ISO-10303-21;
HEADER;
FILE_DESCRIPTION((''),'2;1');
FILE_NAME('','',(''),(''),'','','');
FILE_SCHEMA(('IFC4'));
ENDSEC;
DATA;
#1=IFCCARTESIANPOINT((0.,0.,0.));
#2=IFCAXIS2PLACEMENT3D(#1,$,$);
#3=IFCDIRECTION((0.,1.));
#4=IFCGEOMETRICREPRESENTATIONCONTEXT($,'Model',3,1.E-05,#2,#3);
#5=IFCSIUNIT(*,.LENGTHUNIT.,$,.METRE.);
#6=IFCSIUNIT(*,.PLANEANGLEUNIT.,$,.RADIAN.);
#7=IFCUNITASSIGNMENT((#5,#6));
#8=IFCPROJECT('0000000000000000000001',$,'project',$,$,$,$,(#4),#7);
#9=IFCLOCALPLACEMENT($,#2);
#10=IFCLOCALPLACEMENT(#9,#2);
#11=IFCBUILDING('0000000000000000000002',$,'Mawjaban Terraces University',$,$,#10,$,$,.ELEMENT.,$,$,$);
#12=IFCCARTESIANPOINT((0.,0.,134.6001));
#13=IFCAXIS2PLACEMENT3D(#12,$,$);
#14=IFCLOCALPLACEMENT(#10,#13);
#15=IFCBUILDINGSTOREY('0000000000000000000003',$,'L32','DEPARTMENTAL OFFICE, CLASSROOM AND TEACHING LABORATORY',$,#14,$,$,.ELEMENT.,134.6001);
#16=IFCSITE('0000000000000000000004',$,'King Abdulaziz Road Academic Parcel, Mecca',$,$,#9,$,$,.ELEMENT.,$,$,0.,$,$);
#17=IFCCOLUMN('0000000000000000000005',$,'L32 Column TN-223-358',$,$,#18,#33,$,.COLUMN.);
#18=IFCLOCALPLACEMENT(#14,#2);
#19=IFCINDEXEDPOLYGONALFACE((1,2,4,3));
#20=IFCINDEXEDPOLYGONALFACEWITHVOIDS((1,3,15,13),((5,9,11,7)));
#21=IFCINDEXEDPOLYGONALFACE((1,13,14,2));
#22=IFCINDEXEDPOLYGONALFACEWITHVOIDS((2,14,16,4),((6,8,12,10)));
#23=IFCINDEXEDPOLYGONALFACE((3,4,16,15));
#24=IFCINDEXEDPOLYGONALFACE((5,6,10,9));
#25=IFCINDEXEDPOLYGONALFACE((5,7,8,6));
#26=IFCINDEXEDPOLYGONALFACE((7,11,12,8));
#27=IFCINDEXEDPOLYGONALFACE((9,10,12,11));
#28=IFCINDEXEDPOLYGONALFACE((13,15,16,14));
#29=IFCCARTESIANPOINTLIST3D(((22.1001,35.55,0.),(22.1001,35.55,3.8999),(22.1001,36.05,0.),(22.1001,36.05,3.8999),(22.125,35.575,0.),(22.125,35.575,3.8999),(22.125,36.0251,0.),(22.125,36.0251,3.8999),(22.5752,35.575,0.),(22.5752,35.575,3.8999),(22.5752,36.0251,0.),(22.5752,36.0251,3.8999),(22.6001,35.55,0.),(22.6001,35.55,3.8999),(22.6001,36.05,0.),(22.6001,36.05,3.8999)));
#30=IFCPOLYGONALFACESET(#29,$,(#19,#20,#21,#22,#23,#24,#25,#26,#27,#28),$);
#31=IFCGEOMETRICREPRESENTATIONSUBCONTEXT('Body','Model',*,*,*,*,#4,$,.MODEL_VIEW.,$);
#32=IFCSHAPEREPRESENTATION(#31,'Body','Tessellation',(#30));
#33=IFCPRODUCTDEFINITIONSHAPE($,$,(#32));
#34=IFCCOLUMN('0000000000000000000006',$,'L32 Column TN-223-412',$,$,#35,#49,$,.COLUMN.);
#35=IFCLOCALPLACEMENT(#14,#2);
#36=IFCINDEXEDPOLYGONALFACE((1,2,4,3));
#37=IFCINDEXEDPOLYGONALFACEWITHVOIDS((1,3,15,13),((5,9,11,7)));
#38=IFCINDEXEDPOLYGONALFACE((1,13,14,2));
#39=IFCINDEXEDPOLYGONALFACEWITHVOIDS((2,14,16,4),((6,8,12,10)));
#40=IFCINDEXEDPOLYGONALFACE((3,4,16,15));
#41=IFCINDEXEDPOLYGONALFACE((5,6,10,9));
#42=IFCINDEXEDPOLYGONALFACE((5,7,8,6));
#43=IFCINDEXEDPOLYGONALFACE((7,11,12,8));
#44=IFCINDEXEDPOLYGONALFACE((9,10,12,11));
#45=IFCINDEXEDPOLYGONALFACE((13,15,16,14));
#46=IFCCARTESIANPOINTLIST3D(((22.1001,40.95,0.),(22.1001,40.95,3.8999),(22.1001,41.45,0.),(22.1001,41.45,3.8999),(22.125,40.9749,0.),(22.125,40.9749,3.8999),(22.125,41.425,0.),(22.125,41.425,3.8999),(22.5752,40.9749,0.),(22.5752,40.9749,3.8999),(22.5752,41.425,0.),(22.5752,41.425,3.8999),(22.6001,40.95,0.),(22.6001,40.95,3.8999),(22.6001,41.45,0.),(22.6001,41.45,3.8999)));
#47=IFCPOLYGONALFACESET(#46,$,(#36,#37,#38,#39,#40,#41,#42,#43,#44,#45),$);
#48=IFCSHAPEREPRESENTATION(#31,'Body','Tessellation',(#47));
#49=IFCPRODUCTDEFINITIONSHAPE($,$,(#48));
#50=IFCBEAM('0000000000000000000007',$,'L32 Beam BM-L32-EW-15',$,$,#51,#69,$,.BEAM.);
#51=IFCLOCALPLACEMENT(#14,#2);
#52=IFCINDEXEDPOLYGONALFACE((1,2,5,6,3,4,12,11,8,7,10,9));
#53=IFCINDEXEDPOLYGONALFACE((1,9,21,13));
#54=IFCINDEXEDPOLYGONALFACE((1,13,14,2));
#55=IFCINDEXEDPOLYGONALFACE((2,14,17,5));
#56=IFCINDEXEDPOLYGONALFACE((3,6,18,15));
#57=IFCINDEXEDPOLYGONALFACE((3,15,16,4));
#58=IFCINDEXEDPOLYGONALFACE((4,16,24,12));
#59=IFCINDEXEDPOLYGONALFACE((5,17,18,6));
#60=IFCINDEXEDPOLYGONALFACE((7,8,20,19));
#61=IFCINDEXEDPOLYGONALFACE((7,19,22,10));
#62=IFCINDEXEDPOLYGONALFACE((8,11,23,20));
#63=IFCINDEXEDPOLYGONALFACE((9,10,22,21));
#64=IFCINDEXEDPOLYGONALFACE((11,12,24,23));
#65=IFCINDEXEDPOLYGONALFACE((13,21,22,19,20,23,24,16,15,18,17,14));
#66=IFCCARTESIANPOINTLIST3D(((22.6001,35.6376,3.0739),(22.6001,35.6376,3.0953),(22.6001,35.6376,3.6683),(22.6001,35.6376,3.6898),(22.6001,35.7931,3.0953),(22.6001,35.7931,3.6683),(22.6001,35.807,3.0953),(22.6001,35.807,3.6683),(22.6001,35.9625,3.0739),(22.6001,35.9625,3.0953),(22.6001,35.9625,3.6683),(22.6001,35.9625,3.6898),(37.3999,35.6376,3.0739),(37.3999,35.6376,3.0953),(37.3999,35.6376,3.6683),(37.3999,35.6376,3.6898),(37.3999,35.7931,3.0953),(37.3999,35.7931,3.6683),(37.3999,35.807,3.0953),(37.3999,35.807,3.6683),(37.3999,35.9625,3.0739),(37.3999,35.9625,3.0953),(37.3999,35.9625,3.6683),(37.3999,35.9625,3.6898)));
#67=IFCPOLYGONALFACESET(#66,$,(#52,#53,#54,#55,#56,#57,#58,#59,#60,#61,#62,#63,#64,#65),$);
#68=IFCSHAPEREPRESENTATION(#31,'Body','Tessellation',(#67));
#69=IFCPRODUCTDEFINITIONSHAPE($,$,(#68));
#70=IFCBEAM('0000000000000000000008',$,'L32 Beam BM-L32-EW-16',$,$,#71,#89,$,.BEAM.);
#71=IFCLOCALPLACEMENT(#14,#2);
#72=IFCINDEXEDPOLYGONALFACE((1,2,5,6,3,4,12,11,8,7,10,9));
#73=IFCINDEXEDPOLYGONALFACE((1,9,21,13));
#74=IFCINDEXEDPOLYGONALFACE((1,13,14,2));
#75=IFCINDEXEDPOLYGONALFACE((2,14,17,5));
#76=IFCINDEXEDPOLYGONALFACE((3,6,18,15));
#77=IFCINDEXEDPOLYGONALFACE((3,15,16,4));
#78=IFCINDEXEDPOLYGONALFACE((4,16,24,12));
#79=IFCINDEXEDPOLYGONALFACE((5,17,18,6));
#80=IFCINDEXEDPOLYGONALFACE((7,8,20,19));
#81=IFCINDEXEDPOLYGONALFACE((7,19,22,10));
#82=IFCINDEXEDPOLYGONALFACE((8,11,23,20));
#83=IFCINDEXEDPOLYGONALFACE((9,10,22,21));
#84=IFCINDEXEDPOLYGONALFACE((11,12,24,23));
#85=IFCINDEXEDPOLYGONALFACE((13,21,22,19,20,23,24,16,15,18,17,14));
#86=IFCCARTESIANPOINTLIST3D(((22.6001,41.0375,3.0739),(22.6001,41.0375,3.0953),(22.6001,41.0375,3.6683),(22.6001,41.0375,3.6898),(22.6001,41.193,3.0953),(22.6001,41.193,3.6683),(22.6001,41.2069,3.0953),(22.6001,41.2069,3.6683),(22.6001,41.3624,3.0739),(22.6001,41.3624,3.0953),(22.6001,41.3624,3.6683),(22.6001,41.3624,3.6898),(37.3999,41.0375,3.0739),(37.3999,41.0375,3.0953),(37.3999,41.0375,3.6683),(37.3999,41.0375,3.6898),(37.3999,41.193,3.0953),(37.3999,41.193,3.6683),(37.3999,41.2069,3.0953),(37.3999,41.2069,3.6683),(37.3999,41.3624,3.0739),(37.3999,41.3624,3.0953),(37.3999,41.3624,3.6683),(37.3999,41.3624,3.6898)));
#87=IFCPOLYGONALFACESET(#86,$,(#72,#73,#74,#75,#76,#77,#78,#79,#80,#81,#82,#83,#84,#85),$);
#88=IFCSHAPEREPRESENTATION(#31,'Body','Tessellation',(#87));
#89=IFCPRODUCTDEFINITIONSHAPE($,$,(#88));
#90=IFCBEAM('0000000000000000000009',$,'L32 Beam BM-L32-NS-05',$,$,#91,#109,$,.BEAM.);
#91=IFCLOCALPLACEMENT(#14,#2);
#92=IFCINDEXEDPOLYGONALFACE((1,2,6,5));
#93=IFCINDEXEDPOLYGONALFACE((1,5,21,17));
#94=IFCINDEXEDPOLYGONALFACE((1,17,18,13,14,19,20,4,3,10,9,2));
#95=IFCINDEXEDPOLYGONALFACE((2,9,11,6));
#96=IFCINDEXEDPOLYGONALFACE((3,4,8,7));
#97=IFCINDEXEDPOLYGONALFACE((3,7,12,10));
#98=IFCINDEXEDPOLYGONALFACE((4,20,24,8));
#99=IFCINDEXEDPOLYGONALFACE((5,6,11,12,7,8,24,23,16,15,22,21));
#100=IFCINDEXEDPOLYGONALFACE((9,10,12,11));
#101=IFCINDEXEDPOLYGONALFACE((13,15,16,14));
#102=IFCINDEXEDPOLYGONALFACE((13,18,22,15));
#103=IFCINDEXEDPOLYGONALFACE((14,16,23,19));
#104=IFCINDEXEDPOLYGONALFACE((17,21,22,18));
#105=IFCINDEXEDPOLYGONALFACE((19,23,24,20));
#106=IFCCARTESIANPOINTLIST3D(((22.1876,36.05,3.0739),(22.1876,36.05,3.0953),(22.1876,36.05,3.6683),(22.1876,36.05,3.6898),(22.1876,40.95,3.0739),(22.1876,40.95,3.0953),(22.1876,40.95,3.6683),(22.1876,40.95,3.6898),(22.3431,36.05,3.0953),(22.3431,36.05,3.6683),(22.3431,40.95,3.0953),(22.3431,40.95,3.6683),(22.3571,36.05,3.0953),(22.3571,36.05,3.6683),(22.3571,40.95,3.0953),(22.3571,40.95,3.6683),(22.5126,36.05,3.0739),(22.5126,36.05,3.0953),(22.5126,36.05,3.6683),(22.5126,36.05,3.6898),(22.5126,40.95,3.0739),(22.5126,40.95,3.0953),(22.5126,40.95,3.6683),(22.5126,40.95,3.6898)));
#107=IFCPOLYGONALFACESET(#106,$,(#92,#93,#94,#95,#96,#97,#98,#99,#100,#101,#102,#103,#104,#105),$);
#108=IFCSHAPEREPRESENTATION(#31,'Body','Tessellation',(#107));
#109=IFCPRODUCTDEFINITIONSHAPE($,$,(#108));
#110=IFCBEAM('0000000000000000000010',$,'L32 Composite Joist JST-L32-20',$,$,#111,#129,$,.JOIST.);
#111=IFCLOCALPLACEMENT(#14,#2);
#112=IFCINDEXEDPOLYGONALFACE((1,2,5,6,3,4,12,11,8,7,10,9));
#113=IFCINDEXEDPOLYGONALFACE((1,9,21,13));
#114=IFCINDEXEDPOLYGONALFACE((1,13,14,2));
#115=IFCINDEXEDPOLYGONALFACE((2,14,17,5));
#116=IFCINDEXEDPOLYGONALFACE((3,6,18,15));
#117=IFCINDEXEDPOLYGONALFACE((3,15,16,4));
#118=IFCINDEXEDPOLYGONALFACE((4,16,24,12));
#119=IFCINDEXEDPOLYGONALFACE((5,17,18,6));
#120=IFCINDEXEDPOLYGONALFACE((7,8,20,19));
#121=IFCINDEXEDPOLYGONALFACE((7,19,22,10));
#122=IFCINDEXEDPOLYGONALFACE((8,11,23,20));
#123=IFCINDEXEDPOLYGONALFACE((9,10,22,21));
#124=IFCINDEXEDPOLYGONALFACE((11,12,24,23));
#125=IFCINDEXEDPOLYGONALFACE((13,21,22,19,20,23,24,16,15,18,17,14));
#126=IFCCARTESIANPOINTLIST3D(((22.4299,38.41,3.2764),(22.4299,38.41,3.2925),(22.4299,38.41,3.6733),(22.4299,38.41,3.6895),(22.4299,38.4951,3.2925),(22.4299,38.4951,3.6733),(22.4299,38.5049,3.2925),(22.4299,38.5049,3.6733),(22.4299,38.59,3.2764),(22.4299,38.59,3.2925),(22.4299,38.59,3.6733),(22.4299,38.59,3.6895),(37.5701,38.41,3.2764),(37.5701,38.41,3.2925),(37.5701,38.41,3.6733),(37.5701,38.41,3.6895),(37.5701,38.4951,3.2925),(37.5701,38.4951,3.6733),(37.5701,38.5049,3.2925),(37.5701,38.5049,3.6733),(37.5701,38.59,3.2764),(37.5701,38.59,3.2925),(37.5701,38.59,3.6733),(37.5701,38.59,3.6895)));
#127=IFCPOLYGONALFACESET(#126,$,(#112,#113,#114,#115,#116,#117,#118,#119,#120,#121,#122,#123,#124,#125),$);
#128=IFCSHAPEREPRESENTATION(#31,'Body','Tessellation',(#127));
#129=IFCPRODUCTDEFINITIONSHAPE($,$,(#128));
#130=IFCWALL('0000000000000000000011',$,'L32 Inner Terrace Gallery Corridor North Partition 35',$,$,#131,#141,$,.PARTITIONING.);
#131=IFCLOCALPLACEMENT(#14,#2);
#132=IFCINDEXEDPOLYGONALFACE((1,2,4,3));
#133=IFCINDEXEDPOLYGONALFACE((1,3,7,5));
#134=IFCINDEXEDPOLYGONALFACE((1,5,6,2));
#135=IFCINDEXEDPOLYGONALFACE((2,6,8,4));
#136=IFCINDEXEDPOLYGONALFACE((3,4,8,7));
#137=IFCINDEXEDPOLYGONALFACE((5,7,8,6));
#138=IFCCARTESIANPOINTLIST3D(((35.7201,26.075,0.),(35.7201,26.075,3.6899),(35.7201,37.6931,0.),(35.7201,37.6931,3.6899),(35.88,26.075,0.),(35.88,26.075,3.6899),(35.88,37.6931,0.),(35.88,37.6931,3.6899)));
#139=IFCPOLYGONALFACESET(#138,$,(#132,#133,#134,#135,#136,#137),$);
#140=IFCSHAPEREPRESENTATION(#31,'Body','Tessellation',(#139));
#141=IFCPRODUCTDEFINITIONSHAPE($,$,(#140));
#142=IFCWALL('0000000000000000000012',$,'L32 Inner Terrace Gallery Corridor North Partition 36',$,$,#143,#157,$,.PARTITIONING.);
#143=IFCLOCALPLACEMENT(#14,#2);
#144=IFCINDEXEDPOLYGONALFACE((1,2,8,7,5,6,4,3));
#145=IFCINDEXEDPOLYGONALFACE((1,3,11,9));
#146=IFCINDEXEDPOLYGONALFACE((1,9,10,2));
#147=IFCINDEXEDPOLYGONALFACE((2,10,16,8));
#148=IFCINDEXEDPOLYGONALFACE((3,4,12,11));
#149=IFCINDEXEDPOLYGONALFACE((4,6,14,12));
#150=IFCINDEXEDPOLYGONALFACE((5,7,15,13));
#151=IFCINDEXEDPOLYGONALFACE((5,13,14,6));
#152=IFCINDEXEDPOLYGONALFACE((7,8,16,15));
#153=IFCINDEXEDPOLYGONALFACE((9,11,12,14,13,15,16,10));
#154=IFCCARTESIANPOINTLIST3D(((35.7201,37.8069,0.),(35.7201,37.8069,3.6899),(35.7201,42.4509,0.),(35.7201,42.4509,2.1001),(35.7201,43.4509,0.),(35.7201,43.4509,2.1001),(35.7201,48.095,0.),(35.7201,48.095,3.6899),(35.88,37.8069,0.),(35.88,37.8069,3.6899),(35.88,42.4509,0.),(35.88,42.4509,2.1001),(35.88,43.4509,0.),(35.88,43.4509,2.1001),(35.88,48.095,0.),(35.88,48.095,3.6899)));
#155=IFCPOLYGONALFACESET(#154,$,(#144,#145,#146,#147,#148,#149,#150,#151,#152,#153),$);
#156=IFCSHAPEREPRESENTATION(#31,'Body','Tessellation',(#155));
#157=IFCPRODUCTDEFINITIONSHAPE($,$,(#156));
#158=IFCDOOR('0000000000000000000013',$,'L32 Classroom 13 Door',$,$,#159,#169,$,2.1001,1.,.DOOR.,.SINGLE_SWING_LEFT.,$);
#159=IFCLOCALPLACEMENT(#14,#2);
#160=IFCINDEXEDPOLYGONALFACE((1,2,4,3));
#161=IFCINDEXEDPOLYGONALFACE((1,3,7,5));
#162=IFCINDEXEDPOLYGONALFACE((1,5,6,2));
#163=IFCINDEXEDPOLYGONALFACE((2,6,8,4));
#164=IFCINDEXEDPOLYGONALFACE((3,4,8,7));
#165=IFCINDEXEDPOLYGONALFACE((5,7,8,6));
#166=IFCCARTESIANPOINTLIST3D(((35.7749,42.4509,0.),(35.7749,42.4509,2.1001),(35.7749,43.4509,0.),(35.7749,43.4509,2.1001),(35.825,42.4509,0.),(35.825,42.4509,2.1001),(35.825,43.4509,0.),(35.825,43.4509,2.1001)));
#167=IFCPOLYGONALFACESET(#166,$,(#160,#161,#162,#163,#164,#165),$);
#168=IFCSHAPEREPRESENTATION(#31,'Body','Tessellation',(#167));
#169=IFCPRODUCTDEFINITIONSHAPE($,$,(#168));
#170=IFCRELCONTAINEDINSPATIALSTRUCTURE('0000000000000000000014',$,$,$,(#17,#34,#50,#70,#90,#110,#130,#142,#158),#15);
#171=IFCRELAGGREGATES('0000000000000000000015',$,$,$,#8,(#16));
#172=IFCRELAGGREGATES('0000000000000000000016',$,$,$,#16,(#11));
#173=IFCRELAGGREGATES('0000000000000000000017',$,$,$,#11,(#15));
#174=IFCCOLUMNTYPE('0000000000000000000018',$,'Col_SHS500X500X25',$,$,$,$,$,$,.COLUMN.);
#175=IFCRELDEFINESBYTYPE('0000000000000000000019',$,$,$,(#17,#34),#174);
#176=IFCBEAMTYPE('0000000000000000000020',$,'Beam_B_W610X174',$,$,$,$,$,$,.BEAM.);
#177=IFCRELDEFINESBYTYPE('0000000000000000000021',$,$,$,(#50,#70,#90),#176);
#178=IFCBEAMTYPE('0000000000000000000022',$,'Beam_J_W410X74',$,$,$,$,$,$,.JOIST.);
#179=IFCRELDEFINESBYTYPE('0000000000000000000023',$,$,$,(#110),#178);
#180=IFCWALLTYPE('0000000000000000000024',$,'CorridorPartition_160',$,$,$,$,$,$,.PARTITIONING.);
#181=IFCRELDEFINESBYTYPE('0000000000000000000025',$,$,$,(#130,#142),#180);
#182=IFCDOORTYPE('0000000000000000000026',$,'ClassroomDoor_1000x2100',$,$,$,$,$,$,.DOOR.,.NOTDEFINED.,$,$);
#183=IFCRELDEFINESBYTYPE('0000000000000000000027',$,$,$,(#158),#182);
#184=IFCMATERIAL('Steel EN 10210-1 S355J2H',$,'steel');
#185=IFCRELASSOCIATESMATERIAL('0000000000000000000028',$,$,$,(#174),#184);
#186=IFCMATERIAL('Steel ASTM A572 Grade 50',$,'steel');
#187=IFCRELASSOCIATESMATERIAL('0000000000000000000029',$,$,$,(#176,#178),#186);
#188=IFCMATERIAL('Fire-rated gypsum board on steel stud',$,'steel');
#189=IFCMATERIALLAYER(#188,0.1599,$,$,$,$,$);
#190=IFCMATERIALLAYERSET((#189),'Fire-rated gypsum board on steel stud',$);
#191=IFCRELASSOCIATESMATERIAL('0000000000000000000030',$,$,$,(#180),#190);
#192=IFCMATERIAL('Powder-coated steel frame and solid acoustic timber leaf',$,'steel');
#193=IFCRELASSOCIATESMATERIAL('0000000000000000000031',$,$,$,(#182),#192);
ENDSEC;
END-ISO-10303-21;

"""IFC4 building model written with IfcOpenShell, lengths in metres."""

from ifc_helpers import new_model, si_unit, direction, frame, frame_2d, origin, origin_2d, place, context, subcontext, project, spatial, rectangle, hollow_rectangle, i_section, extrude, material, layer, layer_set, material_profile, profile_set, type_object, element, fill, save


model = new_model("IFC4")

# Units and contexts
model_context = context("Model", 3, precision=1e-05, world=origin(), true_north=direction((0.0, 1.0)))
body_context = subcontext(model_context, "Body", "Model", "MODEL_VIEW")
ifc_project = project(units=[si_unit("LENGTHUNIT", "METRE"), si_unit("PLANEANGLEUNIT", "RADIAN")], contexts=[model_context])

# Site, building, storey
site_placement = place(None, origin())
site = spatial("IfcSite", under=ifc_project, at=site_placement, Name="King Abdulaziz Road Academic Parcel, Mecca", CompositionType="ELEMENT", RefElevation=0.0)
building_placement = place(site_placement, origin())
building = spatial("IfcBuilding", under=site, at=building_placement, Name="Mawjaban Terraces University", CompositionType="ELEMENT")
storey_placement = place(building_placement, frame((0.0, 0.0, 134.6001)))
storey = spatial("IfcBuildingStorey", under=building, at=storey_placement, Name="L32", Description="DEPARTMENTAL OFFICE, CLASSROOM AND TEACHING LABORATORY", CompositionType="ELEMENT", Elevation=134.6001)

# Columns
ifc_material_1 = material(Name="Steel EN 10210-1 S355J2H", Category="steel")
ifc_material_profile_1 = material_profile(ifc_material_1, hollow_rectangle(XDim=0.5, YDim=0.5, WallThickness=0.0249, at=origin_2d()), Name="SHS500X500X25")
ifc_profile_set_1 = profile_set([ifc_material_profile_1], Name="Steel EN 10210-1 S355J2H")
column_type = type_object("IfcColumnType", Name="Col_SHS500X500X25", PredefinedType="COLUMN", material=ifc_profile_set_1)
for number, where, z_axis, x_axis, name in (
    (1, (22.3501, 35.8, 0.0), (0.0, 0.0, 1.0), (1.0, 0.0, 0.0), "L32 Column TN-223-358"),
    (2, (22.3501, 41.2, 0.0), (0.0, 0.0, 1.0), (1.0, 0.0, 0.0), "L32 Column TN-223-412"),
):
    element("IfcColumn", number, at=place(storey_placement, frame(where, z_axis=z_axis, x_axis=x_axis)), inside=storey, type_object=column_type, Name=name, PredefinedType="COLUMN", context=body_context, shape_type="SweptSolid", body=[
        extrude(hollow_rectangle(XDim=0.5, YDim=0.5, WallThickness=0.0249, at=origin_2d()), origin(), (0.0, 0.0, 1.0), 3.8999),
    ])

# Beams
ifc_material_2 = material(Name="Steel ASTM A572 Grade 50", Category="steel")
ifc_material_profile_2 = material_profile(ifc_material_2, i_section(OverallWidth=0.325, OverallDepth=0.616, WebThickness=0.0139, FlangeThickness=0.0215, at=origin_2d()), Name="W610X174")
ifc_profile_set_2 = profile_set([ifc_material_profile_2], Name="Steel ASTM A572 Grade 50")
beam_type_1 = type_object("IfcBeamType", Name="Beam_B_W610X174", PredefinedType="BEAM", material=ifc_profile_set_2)
for number, where, z_axis, x_axis, name in (
    (3, (22.6001, 35.8, 3.3818), (1.0, 0.0, 0.0), (0.0, 1.0, 0.0), "L32 Beam BM-L32-EW-15"),
    (4, (22.6001, 41.2, 3.3818), (1.0, 0.0, 0.0), (0.0, 1.0, 0.0), "L32 Beam BM-L32-EW-16"),
):
    element("IfcBeam", number, at=place(storey_placement, frame(where, z_axis=z_axis, x_axis=x_axis)), inside=storey, type_object=beam_type_1, Name=name, PredefinedType="BEAM", context=body_context, shape_type="SweptSolid", body=[
        extrude(i_section(OverallWidth=0.325, OverallDepth=0.616, WebThickness=0.0139, FlangeThickness=0.0215, at=origin_2d()), origin(), (0.0, 0.0, 1.0), 14.7998),
    ])
beam_1_placement = place(storey_placement, frame((22.3501, 36.05, 3.3818), z_axis=(0.0, 1.0, 0.0), x_axis=(-1.0, 0.0, 0.0)))
element("IfcBeam", 5, at=beam_1_placement, inside=storey, type_object=beam_type_1, Name="L32 Beam BM-L32-NS-05", PredefinedType="BEAM", context=body_context, shape_type="SweptSolid", body=[
    extrude(i_section(OverallWidth=0.325, OverallDepth=0.616, WebThickness=0.0139, FlangeThickness=0.0215, at=origin_2d()), origin(), (0.0, 0.0, 1.0), 4.8999),
])
ifc_material_profile_3 = material_profile(ifc_material_2, i_section(OverallWidth=0.1799, OverallDepth=0.4131, WebThickness=0.0098, FlangeThickness=0.0161, at=origin_2d()), Name="W410X74")
ifc_profile_set_3 = profile_set([ifc_material_profile_3], Name="Steel ASTM A572 Grade 50")
beam_type_2 = type_object("IfcBeamType", Name="Beam_J_W410X74", PredefinedType="JOIST", material=ifc_profile_set_3)
beam_2_placement = place(storey_placement, frame((22.4299, 38.5, 3.4829), z_axis=(1.0, 0.0, 0.0), x_axis=(0.0, 1.0, 0.0)))
element("IfcBeam", 6, at=beam_2_placement, inside=storey, type_object=beam_type_2, Name="L32 Composite Joist JST-L32-20", PredefinedType="JOIST", context=body_context, shape_type="SweptSolid", body=[
    extrude(i_section(OverallWidth=0.1799, OverallDepth=0.4131, WebThickness=0.0098, FlangeThickness=0.0161, at=origin_2d()), origin(), (0.0, 0.0, 1.0), 15.1401),
])

# Wall
ifc_material_3 = material(Name="Fire-rated gypsum board on steel stud", Category="steel")
ifc_layer_1 = layer(ifc_material_3, 0.1599)
ifc_layer_set_1 = layer_set([ifc_layer_1], Name="Fire-rated gypsum board on steel stud")
wall_type_1 = type_object("IfcWallType", Name="CorridorPartition_160", PredefinedType="PARTITIONING", material=ifc_layer_set_1)
wall_1_placement = place(storey_placement, frame((35.8, 37.6931, 0.0), z_axis=(0.0, 0.0, 1.0), x_axis=(0.0, -1.0, 0.0)))
element("IfcWall", 7, at=wall_1_placement, inside=storey, type_object=wall_type_1, Name="L32 Inner Terrace Gallery Corridor North Partition 35", PredefinedType="PARTITIONING", context=body_context, shape_type="SweptSolid", body=[
    extrude(rectangle(XDim=11.6182, YDim=0.1599, at=frame_2d((5.8091, 0.0))), origin(), (0.0, 0.0, 1.0), 3.6899),
])

# Wall, opening, door
wall_2_placement = place(storey_placement, frame((35.8, 48.095, 0.0), z_axis=(0.0, 0.0, 1.0), x_axis=(0.0, -1.0, 0.0)))
wall_2 = element("IfcWall", 8, at=wall_2_placement, inside=storey, type_object=wall_type_1, Name="L32 Inner Terrace Gallery Corridor North Partition 36", PredefinedType="PARTITIONING", context=body_context, shape_type="SweptSolid", body=[
    extrude(rectangle(XDim=10.2881, YDim=0.1599, at=frame_2d((5.144, 0.0))), origin(), (0.0, 0.0, 1.0), 3.6899),
])
opening_1_placement = place(wall_2_placement, frame((4.644, 0.0, 0.0)))
opening_1 = element("IfcOpeningElement", 9, at=opening_1_placement, cuts=wall_2, PredefinedType="OPENING", context=body_context, shape_type="SweptSolid", body=[
    extrude(rectangle(XDim=1.0, YDim=2.1001, at=frame_2d((0.5, 1.05))), frame((0.0, 0.0898, 0.0), z_axis=(0.0, -1.0, 0.0), x_axis=(1.0, 0.0, 0.0)), (0.0, 0.0, 1.0), 0.1799),
])
ifc_material_4 = material(Name="Powder-coated steel frame and solid acoustic timber leaf", Category="steel")
door_type_1 = type_object("IfcDoorType", Name="ClassroomDoor_1000x2100", OperationType="NOTDEFINED", PredefinedType="DOOR", material=ifc_material_4)
door_1_placement = place(opening_1_placement, origin())
door_1 = element("IfcDoor", 10, at=door_1_placement, inside=storey, type_object=door_type_1, Name="L32 Classroom 13 Door", OperationType="SINGLE_SWING_LEFT", OverallHeight=2.1001, OverallWidth=1.0, PredefinedType="DOOR", context=body_context, shape_type="SweptSolid", body=[
    extrude(rectangle(XDim=1.0, YDim=2.1001, at=frame_2d((0.5, 1.05))), frame((0.0, 0.0249, 0.0), z_axis=(0.0, -1.0, 0.0), x_axis=(1.0, 0.0, 0.0)), (0.0, 0.0, 1.0), 0.05),
])
fill(opening_1, door_1)

save(model, "model.ifc")
